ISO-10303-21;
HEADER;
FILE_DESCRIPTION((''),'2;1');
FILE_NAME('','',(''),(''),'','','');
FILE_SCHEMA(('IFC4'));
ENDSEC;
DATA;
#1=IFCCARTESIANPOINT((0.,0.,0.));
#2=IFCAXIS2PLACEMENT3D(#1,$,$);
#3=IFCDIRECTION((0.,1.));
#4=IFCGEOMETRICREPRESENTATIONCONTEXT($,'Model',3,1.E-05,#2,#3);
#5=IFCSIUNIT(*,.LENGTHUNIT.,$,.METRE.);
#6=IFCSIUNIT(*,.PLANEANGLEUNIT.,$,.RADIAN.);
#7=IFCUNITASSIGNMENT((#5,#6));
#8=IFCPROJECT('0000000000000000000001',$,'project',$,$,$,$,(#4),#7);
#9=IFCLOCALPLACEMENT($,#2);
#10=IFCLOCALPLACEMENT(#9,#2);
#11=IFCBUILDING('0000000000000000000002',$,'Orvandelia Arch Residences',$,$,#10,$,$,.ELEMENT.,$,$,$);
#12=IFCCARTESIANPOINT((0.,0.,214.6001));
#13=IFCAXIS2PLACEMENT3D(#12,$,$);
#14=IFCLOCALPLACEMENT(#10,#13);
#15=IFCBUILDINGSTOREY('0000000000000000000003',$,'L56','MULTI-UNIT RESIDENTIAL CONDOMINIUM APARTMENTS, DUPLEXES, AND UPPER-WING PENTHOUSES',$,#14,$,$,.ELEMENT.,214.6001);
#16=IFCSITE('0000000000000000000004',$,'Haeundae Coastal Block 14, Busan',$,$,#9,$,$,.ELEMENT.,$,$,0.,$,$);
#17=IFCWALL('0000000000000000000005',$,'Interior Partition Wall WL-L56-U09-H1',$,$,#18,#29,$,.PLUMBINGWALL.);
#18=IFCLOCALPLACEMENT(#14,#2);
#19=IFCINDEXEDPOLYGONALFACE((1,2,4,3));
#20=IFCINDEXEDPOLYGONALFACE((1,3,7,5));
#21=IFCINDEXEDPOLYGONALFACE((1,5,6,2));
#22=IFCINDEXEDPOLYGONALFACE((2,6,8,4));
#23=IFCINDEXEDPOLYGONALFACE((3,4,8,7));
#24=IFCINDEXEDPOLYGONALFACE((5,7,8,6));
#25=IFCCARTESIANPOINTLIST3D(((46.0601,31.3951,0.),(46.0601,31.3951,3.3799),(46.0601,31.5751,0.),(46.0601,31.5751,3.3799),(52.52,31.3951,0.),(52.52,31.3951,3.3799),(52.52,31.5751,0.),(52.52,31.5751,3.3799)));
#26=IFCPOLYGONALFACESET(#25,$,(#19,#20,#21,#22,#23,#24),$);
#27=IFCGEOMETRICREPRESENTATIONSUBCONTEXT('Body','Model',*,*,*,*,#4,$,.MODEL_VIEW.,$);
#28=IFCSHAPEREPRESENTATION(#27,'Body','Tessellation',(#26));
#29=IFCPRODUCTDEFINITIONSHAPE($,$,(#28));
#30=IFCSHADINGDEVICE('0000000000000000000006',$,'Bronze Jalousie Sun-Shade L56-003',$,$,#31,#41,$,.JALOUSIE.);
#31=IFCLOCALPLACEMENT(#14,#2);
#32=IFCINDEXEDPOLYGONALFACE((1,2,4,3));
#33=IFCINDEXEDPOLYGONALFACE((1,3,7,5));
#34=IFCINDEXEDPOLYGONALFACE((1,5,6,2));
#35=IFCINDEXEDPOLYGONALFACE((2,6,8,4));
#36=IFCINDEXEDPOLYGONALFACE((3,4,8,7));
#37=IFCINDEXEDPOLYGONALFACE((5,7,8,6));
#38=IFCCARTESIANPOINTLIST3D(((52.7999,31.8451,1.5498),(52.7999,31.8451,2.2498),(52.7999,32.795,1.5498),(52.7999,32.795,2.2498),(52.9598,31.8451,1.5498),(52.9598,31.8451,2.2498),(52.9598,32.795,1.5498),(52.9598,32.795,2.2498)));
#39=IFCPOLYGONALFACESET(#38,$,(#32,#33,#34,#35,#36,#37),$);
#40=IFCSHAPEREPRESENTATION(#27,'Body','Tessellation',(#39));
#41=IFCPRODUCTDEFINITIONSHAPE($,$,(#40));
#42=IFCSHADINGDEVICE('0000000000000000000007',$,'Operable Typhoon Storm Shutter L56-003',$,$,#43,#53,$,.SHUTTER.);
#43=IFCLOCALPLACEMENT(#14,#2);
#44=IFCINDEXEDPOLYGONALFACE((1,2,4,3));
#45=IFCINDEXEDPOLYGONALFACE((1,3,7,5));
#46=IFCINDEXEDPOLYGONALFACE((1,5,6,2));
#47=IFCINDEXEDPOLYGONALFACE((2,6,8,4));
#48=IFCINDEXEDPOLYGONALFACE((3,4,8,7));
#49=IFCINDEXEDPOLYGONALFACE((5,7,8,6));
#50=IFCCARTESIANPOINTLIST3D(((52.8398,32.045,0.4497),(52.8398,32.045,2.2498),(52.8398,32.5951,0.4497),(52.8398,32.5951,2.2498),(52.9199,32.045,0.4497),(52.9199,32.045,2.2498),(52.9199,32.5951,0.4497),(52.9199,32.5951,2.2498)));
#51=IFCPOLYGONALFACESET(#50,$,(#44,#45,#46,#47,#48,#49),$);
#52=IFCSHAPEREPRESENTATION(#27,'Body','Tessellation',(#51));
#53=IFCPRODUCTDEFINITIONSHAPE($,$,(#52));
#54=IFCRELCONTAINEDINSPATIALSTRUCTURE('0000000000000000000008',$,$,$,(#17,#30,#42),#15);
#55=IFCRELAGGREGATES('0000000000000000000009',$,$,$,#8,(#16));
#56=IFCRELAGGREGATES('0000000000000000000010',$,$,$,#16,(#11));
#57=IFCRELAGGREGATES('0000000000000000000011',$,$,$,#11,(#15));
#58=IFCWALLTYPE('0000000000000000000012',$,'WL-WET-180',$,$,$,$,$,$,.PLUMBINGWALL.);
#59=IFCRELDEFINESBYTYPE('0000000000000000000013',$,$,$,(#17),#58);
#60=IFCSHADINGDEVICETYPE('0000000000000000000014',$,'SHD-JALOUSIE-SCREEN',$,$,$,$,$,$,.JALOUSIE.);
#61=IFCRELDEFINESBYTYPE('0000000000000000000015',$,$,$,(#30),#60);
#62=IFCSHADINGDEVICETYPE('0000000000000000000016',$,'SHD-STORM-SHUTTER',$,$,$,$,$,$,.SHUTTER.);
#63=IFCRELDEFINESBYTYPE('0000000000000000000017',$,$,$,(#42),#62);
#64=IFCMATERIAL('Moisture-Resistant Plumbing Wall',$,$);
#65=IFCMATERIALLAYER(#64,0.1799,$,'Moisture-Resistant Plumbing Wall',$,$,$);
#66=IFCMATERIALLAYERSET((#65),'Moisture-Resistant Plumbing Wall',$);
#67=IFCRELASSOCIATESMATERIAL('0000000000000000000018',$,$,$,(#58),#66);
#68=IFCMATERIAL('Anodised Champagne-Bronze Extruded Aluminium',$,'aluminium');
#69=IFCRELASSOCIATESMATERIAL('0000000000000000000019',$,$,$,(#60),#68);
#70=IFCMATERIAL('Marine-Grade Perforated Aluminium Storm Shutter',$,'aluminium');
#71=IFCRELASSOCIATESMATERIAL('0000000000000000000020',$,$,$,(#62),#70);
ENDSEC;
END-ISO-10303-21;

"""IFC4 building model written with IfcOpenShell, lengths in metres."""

from ifc_helpers import new_model, si_unit, direction, frame, frame_2d, origin, origin_2d, place, context, subcontext, project, spatial, rectangle, extrude, material, layer, layer_set, type_object, element, save


model = new_model("IFC4")

# Units and contexts
model_context = context("Model", 3, precision=1e-05, world=origin(), true_north=direction((0.0, 1.0)))
body_context = subcontext(model_context, "Body", "Model", "MODEL_VIEW")
ifc_project = project(units=[si_unit("LENGTHUNIT", "METRE"), si_unit("PLANEANGLEUNIT", "RADIAN")], contexts=[model_context])

# Site, building, storey
site_placement = place(None, origin())
site = spatial("IfcSite", under=ifc_project, at=site_placement, Name="Haeundae Coastal Block 14, Busan", CompositionType="ELEMENT", RefElevation=0.0)
building_placement = place(site_placement, origin())
building = spatial("IfcBuilding", under=site, at=building_placement, Name="Orvandelia Arch Residences", CompositionType="ELEMENT")
storey_placement = place(building_placement, frame((0.0, 0.0, 214.6001)))
storey = spatial("IfcBuildingStorey", under=building, at=storey_placement, Name="L56", Description="MULTI-UNIT RESIDENTIAL CONDOMINIUM APARTMENTS, DUPLEXES, AND UPPER-WING PENTHOUSES", CompositionType="ELEMENT", Elevation=214.6001)

# Shared definitions
ifc_material_1 = material(Name="Moisture-Resistant Plumbing Wall")
ifc_layer_1 = layer(ifc_material_1, 0.1799, Name="Moisture-Resistant Plumbing Wall")
ifc_layer_set_1 = layer_set([ifc_layer_1], Name="Moisture-Resistant Plumbing Wall")
wall_type_1 = type_object("IfcWallType", Name="WL-WET-180", PredefinedType="PLUMBINGWALL", material=ifc_layer_set_1)

# Wall
wall_1_placement = place(storey_placement, frame((46.0601, 31.4851, 0.0), z_axis=(0.0, 0.0, 1.0), x_axis=(1.0, 0.0, 0.0)))
element("IfcWall", 1, at=wall_1_placement, inside=storey, type_object=wall_type_1, Name="Interior Partition Wall WL-L56-U09-H1", PredefinedType="PLUMBINGWALL", context=body_context, shape_type="SweptSolid", body=[
    extrude(rectangle(XDim=6.46, YDim=0.1799, at=frame_2d((3.23, 0.0))), origin(), (0.0, 0.0, 1.0), 3.3799),
])

# Shading devices
ifc_material_2 = material(Name="Anodised Champagne-Bronze Extruded Aluminium", Category="aluminium")
shading_device_type_1 = type_object("IfcShadingDeviceType", Name="SHD-JALOUSIE-SCREEN", PredefinedType="JALOUSIE", material=ifc_material_2)
shading_device_1_placement = place(storey_placement, frame((52.8799, 32.3201, 1.5498), z_axis=(0.0, 0.0, 1.0), x_axis=(0.0, -1.0, 0.0)))
element("IfcShadingDevice", 2, at=shading_device_1_placement, inside=storey, type_object=shading_device_type_1, Name="Bronze Jalousie Sun-Shade L56-003", PredefinedType="JALOUSIE", context=body_context, shape_type="SweptSolid", body=[
    extrude(rectangle(XDim=0.95, YDim=0.1599, at=origin_2d()), origin(), (0.0, 0.0, 1.0), 0.7),
])
ifc_material_3 = material(Name="Marine-Grade Perforated Aluminium Storm Shutter", Category="aluminium")
shading_device_type_2 = type_object("IfcShadingDeviceType", Name="SHD-STORM-SHUTTER", PredefinedType="SHUTTER", material=ifc_material_3)
shading_device_2_placement = place(storey_placement, frame((52.8799, 32.3201, 0.4497), z_axis=(0.0, 0.0, 1.0), x_axis=(0.0, -1.0, 0.0)))
element("IfcShadingDevice", 3, at=shading_device_2_placement, inside=storey, type_object=shading_device_type_2, Name="Operable Typhoon Storm Shutter L56-003", PredefinedType="SHUTTER", context=body_context, shape_type="SweptSolid", body=[
    extrude(rectangle(XDim=0.55, YDim=0.0801, at=origin_2d()), origin(), (0.0, 0.0, 1.0), 1.8),
])

save(model, "model.ifc")
